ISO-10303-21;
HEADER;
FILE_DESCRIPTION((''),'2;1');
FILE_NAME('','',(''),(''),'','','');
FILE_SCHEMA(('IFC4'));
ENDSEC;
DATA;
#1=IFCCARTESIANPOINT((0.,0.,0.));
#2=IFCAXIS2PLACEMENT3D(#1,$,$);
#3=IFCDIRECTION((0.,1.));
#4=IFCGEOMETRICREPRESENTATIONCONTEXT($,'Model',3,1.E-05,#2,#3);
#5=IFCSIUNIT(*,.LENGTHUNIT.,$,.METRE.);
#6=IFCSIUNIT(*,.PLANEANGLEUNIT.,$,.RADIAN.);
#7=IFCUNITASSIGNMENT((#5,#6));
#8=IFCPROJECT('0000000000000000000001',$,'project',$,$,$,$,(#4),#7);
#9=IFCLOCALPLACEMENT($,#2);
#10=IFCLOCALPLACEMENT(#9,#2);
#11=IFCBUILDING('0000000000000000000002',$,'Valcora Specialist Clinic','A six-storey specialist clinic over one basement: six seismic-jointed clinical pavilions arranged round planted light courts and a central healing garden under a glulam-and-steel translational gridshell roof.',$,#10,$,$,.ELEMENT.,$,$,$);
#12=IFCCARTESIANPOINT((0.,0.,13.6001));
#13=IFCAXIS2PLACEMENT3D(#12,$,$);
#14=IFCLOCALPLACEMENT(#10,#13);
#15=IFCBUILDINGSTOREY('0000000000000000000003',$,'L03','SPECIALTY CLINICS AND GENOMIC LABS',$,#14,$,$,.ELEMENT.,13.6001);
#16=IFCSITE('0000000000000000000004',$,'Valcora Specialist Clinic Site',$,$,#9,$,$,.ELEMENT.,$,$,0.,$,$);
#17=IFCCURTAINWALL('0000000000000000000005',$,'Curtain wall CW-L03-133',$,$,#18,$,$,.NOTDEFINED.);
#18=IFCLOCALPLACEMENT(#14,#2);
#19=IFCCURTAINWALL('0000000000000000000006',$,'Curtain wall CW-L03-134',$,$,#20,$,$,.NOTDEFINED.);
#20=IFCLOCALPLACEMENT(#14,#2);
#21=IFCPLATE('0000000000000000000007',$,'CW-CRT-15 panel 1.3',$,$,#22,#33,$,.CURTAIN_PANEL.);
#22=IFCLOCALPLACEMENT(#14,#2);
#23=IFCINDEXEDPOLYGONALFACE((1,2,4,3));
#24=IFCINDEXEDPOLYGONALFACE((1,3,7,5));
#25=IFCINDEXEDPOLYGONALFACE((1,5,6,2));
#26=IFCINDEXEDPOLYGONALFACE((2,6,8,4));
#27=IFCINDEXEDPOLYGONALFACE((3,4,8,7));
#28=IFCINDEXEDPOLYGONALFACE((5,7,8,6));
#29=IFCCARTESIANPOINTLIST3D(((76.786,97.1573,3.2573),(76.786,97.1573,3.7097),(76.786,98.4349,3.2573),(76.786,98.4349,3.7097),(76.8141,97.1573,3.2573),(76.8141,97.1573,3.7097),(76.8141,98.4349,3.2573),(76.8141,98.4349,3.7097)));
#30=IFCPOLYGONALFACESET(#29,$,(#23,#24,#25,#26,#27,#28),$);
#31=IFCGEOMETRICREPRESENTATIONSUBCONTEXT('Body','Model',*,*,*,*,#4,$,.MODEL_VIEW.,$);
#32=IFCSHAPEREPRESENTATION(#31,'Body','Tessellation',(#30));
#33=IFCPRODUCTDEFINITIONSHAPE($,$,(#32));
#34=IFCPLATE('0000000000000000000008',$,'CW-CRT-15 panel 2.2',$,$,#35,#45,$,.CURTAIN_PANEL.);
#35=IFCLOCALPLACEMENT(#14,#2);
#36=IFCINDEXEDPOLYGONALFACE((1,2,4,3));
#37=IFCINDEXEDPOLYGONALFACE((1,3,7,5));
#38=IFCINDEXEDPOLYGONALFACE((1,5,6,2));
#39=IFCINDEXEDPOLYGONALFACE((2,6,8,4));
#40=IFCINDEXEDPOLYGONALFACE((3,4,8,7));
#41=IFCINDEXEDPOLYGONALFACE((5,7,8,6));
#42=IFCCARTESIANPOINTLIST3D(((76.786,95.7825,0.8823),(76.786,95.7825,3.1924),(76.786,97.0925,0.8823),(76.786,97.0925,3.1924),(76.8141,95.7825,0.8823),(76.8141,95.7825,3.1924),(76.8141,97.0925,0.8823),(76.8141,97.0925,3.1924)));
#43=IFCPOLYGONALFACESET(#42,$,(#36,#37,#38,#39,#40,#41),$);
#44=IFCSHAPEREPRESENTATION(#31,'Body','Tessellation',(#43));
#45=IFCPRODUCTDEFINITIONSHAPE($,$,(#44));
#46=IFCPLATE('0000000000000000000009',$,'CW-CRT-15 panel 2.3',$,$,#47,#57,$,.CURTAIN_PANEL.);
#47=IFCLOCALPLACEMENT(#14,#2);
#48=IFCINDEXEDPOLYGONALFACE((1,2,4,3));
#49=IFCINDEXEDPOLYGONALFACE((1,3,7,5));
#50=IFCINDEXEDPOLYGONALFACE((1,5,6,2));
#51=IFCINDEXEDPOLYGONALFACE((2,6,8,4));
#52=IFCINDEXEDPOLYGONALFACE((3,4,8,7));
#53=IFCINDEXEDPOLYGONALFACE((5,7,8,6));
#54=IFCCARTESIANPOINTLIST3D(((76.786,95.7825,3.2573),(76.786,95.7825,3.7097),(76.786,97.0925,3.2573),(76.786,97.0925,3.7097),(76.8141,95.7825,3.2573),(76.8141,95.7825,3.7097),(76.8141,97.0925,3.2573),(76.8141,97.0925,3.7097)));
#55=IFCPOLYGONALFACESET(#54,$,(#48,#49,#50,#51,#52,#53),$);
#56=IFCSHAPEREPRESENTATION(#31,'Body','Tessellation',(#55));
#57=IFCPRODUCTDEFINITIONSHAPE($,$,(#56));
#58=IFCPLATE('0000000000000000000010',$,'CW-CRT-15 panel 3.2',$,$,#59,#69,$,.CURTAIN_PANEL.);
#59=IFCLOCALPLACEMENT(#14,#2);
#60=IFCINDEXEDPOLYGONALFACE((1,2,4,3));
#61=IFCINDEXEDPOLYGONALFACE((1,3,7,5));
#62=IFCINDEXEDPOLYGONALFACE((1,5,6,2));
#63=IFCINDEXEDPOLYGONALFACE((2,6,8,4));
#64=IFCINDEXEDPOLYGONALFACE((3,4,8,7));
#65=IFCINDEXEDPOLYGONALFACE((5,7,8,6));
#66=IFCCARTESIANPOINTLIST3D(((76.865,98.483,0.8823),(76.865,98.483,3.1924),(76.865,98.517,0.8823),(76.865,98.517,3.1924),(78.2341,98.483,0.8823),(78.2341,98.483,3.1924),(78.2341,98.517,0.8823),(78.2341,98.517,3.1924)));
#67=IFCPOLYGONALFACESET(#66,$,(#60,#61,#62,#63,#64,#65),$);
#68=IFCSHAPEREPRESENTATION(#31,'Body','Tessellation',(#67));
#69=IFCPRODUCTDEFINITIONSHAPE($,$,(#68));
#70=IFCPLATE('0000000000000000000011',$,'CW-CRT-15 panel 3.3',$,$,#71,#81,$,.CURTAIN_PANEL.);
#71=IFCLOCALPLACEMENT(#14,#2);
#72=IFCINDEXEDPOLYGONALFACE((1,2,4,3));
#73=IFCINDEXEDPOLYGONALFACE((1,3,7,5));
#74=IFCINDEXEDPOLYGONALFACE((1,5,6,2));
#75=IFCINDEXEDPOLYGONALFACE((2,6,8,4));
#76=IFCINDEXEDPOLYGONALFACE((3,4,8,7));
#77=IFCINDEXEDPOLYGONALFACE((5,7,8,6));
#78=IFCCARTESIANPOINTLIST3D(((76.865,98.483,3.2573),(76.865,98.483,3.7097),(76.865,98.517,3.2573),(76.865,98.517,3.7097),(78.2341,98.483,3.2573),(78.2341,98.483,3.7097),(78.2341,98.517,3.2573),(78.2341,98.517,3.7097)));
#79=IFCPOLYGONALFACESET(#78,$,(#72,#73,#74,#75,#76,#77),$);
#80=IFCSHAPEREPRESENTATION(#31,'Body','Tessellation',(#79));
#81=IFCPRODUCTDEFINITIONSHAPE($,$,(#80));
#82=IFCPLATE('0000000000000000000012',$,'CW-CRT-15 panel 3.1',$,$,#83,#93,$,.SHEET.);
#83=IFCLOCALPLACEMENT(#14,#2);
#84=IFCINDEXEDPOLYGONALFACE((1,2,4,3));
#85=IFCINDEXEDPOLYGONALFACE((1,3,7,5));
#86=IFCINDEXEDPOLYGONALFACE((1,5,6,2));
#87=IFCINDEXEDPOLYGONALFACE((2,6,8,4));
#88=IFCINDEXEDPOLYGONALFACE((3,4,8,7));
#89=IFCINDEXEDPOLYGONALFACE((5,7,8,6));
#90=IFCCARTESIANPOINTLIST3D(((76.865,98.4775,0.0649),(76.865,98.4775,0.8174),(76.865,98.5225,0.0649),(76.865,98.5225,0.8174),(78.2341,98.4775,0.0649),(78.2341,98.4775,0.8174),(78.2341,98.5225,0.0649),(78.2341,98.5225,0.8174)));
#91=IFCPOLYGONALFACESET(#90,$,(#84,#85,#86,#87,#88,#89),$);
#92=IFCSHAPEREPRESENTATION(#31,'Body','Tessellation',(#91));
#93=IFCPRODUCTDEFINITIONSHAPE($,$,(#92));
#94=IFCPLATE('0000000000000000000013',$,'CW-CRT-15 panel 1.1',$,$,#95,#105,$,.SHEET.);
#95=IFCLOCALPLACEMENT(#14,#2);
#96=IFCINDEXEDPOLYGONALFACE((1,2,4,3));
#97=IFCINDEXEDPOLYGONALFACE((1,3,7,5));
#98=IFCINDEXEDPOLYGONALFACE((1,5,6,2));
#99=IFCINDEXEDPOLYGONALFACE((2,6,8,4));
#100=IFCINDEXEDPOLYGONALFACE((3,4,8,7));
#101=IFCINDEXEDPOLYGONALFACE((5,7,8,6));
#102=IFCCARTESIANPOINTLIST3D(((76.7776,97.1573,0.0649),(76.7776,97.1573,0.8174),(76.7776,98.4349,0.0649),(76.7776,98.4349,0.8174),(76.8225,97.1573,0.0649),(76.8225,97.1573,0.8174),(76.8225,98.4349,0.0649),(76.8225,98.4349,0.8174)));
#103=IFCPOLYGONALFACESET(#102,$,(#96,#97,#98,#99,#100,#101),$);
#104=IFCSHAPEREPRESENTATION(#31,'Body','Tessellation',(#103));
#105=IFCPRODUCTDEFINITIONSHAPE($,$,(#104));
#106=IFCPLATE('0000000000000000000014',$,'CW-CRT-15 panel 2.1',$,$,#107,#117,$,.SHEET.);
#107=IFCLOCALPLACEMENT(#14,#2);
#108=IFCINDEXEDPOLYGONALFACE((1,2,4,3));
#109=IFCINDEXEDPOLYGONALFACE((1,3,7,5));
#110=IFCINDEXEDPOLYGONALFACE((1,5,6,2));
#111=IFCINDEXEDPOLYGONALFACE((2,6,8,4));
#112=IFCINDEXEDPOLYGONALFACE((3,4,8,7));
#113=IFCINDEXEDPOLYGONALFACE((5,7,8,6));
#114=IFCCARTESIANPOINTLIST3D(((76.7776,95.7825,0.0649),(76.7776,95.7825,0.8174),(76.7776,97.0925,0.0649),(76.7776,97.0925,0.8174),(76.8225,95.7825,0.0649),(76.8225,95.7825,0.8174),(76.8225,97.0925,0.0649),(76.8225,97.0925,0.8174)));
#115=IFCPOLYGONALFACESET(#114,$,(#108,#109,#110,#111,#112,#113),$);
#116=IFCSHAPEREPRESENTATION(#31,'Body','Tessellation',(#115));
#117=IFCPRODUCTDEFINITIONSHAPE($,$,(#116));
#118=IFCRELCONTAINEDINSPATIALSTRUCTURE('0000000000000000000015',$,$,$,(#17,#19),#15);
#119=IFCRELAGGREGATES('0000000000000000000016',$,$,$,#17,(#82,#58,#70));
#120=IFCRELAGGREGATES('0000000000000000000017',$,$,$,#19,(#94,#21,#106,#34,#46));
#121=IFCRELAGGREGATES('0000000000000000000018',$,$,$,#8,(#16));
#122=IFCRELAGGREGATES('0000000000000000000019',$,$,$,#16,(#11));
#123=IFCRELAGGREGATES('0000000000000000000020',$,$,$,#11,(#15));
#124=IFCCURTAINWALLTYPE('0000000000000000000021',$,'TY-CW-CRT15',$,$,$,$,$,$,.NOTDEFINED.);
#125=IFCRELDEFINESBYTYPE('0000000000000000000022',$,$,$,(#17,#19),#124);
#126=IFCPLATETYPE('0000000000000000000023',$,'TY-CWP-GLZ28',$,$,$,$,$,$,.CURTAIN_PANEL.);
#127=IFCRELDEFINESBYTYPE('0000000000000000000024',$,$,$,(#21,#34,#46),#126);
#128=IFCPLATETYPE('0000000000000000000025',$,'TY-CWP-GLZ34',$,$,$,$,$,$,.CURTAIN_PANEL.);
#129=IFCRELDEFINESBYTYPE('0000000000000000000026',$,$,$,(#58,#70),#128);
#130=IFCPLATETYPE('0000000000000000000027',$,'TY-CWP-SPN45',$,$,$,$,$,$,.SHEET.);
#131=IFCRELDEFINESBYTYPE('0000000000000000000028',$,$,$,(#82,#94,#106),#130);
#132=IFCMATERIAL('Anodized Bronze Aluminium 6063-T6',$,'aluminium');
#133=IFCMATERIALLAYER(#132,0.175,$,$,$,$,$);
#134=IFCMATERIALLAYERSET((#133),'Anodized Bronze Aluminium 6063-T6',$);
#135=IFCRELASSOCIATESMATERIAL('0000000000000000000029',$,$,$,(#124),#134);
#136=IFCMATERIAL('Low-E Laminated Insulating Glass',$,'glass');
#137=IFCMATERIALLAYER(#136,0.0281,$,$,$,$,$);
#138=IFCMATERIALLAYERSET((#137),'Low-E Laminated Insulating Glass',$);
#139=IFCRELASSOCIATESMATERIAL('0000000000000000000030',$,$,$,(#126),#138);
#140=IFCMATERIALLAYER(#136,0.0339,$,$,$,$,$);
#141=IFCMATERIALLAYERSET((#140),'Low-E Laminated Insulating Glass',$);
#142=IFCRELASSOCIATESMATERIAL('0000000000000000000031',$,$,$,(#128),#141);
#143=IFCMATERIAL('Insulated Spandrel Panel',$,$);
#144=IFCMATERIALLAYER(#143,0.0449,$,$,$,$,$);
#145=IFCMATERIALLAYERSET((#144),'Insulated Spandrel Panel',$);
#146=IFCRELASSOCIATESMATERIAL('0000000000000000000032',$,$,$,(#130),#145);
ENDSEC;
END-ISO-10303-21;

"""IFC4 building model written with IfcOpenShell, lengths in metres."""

from ifc_helpers import new_model, si_unit, direction, frame, origin, origin_2d, place, context, subcontext, project, spatial, rectangle, extrude, material, layer, layer_set, type_object, element, aggregate, save


model = new_model("IFC4")

# Units and contexts
model_context = context("Model", 3, precision=1e-05, world=origin(), true_north=direction((0.0, 1.0)))
body_context = subcontext(model_context, "Body", "Model", "MODEL_VIEW")
ifc_project = project(units=[si_unit("LENGTHUNIT", "METRE"), si_unit("PLANEANGLEUNIT", "RADIAN")], contexts=[model_context])

# Site, building, storey
site_placement = place(None, origin())
site = spatial("IfcSite", under=ifc_project, at=site_placement, Name="Valcora Specialist Clinic Site", CompositionType="ELEMENT", RefElevation=0.0)
building_placement = place(site_placement, origin())
building = spatial("IfcBuilding", under=site, at=building_placement, Name="Valcora Specialist Clinic", Description="A six-storey specialist clinic over one basement: six seismic-jointed clinical pavilions arranged round planted light courts and a central healing garden under a glulam-and-steel translational gridshell roof.", CompositionType="ELEMENT")
storey_placement = place(building_placement, frame((0.0, 0.0, 13.6001)))
storey = spatial("IfcBuildingStorey", under=building, at=storey_placement, Name="L03", Description="SPECIALTY CLINICS AND GENOMIC LABS", CompositionType="ELEMENT", Elevation=13.6001)

# Curtain walls
ifc_material_1 = material(Name="Anodized Bronze Aluminium 6063-T6", Category="aluminium")
ifc_layer_1 = layer(ifc_material_1, 0.175)
ifc_layer_set_1 = layer_set([ifc_layer_1], Name="Anodized Bronze Aluminium 6063-T6")
curtain_wall_type = type_object("IfcCurtainWallType", Name="TY-CW-CRT15", PredefinedType="NOTDEFINED", material=ifc_layer_set_1)
curtain_wall_1_placement = place(storey_placement, origin())
curtain_wall_1 = element("IfcCurtainWall", 1, at=curtain_wall_1_placement, inside=storey, type_object=curtain_wall_type, Name="Curtain wall CW-L03-133", PredefinedType="NOTDEFINED")
curtain_wall_2_placement = place(storey_placement, origin())
curtain_wall_2 = element("IfcCurtainWall", 2, at=curtain_wall_2_placement, inside=storey, type_object=curtain_wall_type, Name="Curtain wall CW-L03-134", PredefinedType="NOTDEFINED")

# Plates
ifc_material_2 = material(Name="Low-E Laminated Insulating Glass", Category="glass")
ifc_layer_2 = layer(ifc_material_2, 0.0281)
ifc_layer_set_2 = layer_set([ifc_layer_2], Name="Low-E Laminated Insulating Glass")
plate_type_1 = type_object("IfcPlateType", Name="TY-CWP-GLZ28", PredefinedType="CURTAIN_PANEL", material=ifc_layer_set_2)
plate_1_placement = place(storey_placement, frame((76.8, 97.7961, 3.2573), z_axis=(0.0, 0.0, 1.0), x_axis=(0.0, -1.0, 0.0)))
plate_1 = element("IfcPlate", 3, at=plate_1_placement, type_object=plate_type_1, Name="CW-CRT-15 panel 1.3", PredefinedType="CURTAIN_PANEL", context=body_context, shape_type="SweptSolid", body=[
    extrude(rectangle(XDim=1.2776, YDim=0.0281, at=origin_2d()), origin(), (0.0, 0.0, 1.0), 0.4524),
])
plate_2_placement = place(storey_placement, frame((76.8, 96.4375, 0.8823), z_axis=(0.0, 0.0, 1.0), x_axis=(0.0, -1.0, 0.0)))
plate_2 = element("IfcPlate", 4, at=plate_2_placement, type_object=plate_type_1, Name="CW-CRT-15 panel 2.2", PredefinedType="CURTAIN_PANEL", context=body_context, shape_type="SweptSolid", body=[
    extrude(rectangle(XDim=1.3101, YDim=0.0281, at=origin_2d()), origin(), (0.0, 0.0, 1.0), 2.3101),
])
plate_3_placement = place(storey_placement, frame((76.8, 96.4375, 3.2573), z_axis=(0.0, 0.0, 1.0), x_axis=(0.0, -1.0, 0.0)))
plate_3 = element("IfcPlate", 5, at=plate_3_placement, type_object=plate_type_1, Name="CW-CRT-15 panel 2.3", PredefinedType="CURTAIN_PANEL", context=body_context, shape_type="SweptSolid", body=[
    extrude(rectangle(XDim=1.3101, YDim=0.0281, at=origin_2d()), origin(), (0.0, 0.0, 1.0), 0.4524),
])
ifc_layer_3 = layer(ifc_material_2, 0.0339)
ifc_layer_set_3 = layer_set([ifc_layer_3], Name="Low-E Laminated Insulating Glass")
plate_type_2 = type_object("IfcPlateType", Name="TY-CWP-GLZ34", PredefinedType="CURTAIN_PANEL", material=ifc_layer_set_3)
plate_4_placement = place(storey_placement, frame((77.5496, 98.5, 0.8823), z_axis=(0.0, 0.0, 1.0), x_axis=(-1.0, 0.0, 0.0)))
plate_4 = element("IfcPlate", 6, at=plate_4_placement, type_object=plate_type_2, Name="CW-CRT-15 panel 3.2", PredefinedType="CURTAIN_PANEL", context=body_context, shape_type="SweptSolid", body=[
    extrude(rectangle(XDim=1.3691, YDim=0.0339, at=origin_2d()), origin(), (0.0, 0.0, 1.0), 2.3101),
])
plate_5_placement = place(storey_placement, frame((77.5496, 98.5, 3.2573), z_axis=(0.0, 0.0, 1.0), x_axis=(-1.0, 0.0, 0.0)))
plate_5 = element("IfcPlate", 7, at=plate_5_placement, type_object=plate_type_2, Name="CW-CRT-15 panel 3.3", PredefinedType="CURTAIN_PANEL", context=body_context, shape_type="SweptSolid", body=[
    extrude(rectangle(XDim=1.3691, YDim=0.0339, at=origin_2d()), origin(), (0.0, 0.0, 1.0), 0.4524),
])
ifc_material_3 = material(Name="Insulated Spandrel Panel")
ifc_layer_4 = layer(ifc_material_3, 0.0449)
ifc_layer_set_4 = layer_set([ifc_layer_4], Name="Insulated Spandrel Panel")
plate_type_3 = type_object("IfcPlateType", Name="TY-CWP-SPN45", PredefinedType="SHEET", material=ifc_layer_set_4)
plate_6_placement = place(storey_placement, frame((77.5496, 98.5, 0.0649), z_axis=(0.0, 0.0, 1.0), x_axis=(-1.0, 0.0, 0.0)))
plate_6 = element("IfcPlate", 8, at=plate_6_placement, type_object=plate_type_3, Name="CW-CRT-15 panel 3.1", PredefinedType="SHEET", context=body_context, shape_type="SweptSolid", body=[
    extrude(rectangle(XDim=1.3691, YDim=0.0449, at=origin_2d()), origin(), (0.0, 0.0, 1.0), 0.7524),
])
aggregate(curtain_wall_1, [plate_6, plate_4, plate_5])
plate_7_placement = place(storey_placement, frame((76.8, 97.7961, 0.0649), z_axis=(0.0, 0.0, 1.0), x_axis=(0.0, -1.0, 0.0)))
plate_7 = element("IfcPlate", 9, at=plate_7_placement, type_object=plate_type_3, Name="CW-CRT-15 panel 1.1", PredefinedType="SHEET", context=body_context, shape_type="SweptSolid", body=[
    extrude(rectangle(XDim=1.2776, YDim=0.0449, at=origin_2d()), origin(), (0.0, 0.0, 1.0), 0.7524),
])
plate_8_placement = place(storey_placement, frame((76.8, 96.4375, 0.0649), z_axis=(0.0, 0.0, 1.0), x_axis=(0.0, -1.0, 0.0)))
plate_8 = element("IfcPlate", 10, at=plate_8_placement, type_object=plate_type_3, Name="CW-CRT-15 panel 2.1", PredefinedType="SHEET", context=body_context, shape_type="SweptSolid", body=[
    extrude(rectangle(XDim=1.3101, YDim=0.0449, at=origin_2d()), origin(), (0.0, 0.0, 1.0), 0.7524),
])
aggregate(curtain_wall_2, [plate_7, plate_1, plate_8, plate_2, plate_3])

save(model, "model.ifc")
